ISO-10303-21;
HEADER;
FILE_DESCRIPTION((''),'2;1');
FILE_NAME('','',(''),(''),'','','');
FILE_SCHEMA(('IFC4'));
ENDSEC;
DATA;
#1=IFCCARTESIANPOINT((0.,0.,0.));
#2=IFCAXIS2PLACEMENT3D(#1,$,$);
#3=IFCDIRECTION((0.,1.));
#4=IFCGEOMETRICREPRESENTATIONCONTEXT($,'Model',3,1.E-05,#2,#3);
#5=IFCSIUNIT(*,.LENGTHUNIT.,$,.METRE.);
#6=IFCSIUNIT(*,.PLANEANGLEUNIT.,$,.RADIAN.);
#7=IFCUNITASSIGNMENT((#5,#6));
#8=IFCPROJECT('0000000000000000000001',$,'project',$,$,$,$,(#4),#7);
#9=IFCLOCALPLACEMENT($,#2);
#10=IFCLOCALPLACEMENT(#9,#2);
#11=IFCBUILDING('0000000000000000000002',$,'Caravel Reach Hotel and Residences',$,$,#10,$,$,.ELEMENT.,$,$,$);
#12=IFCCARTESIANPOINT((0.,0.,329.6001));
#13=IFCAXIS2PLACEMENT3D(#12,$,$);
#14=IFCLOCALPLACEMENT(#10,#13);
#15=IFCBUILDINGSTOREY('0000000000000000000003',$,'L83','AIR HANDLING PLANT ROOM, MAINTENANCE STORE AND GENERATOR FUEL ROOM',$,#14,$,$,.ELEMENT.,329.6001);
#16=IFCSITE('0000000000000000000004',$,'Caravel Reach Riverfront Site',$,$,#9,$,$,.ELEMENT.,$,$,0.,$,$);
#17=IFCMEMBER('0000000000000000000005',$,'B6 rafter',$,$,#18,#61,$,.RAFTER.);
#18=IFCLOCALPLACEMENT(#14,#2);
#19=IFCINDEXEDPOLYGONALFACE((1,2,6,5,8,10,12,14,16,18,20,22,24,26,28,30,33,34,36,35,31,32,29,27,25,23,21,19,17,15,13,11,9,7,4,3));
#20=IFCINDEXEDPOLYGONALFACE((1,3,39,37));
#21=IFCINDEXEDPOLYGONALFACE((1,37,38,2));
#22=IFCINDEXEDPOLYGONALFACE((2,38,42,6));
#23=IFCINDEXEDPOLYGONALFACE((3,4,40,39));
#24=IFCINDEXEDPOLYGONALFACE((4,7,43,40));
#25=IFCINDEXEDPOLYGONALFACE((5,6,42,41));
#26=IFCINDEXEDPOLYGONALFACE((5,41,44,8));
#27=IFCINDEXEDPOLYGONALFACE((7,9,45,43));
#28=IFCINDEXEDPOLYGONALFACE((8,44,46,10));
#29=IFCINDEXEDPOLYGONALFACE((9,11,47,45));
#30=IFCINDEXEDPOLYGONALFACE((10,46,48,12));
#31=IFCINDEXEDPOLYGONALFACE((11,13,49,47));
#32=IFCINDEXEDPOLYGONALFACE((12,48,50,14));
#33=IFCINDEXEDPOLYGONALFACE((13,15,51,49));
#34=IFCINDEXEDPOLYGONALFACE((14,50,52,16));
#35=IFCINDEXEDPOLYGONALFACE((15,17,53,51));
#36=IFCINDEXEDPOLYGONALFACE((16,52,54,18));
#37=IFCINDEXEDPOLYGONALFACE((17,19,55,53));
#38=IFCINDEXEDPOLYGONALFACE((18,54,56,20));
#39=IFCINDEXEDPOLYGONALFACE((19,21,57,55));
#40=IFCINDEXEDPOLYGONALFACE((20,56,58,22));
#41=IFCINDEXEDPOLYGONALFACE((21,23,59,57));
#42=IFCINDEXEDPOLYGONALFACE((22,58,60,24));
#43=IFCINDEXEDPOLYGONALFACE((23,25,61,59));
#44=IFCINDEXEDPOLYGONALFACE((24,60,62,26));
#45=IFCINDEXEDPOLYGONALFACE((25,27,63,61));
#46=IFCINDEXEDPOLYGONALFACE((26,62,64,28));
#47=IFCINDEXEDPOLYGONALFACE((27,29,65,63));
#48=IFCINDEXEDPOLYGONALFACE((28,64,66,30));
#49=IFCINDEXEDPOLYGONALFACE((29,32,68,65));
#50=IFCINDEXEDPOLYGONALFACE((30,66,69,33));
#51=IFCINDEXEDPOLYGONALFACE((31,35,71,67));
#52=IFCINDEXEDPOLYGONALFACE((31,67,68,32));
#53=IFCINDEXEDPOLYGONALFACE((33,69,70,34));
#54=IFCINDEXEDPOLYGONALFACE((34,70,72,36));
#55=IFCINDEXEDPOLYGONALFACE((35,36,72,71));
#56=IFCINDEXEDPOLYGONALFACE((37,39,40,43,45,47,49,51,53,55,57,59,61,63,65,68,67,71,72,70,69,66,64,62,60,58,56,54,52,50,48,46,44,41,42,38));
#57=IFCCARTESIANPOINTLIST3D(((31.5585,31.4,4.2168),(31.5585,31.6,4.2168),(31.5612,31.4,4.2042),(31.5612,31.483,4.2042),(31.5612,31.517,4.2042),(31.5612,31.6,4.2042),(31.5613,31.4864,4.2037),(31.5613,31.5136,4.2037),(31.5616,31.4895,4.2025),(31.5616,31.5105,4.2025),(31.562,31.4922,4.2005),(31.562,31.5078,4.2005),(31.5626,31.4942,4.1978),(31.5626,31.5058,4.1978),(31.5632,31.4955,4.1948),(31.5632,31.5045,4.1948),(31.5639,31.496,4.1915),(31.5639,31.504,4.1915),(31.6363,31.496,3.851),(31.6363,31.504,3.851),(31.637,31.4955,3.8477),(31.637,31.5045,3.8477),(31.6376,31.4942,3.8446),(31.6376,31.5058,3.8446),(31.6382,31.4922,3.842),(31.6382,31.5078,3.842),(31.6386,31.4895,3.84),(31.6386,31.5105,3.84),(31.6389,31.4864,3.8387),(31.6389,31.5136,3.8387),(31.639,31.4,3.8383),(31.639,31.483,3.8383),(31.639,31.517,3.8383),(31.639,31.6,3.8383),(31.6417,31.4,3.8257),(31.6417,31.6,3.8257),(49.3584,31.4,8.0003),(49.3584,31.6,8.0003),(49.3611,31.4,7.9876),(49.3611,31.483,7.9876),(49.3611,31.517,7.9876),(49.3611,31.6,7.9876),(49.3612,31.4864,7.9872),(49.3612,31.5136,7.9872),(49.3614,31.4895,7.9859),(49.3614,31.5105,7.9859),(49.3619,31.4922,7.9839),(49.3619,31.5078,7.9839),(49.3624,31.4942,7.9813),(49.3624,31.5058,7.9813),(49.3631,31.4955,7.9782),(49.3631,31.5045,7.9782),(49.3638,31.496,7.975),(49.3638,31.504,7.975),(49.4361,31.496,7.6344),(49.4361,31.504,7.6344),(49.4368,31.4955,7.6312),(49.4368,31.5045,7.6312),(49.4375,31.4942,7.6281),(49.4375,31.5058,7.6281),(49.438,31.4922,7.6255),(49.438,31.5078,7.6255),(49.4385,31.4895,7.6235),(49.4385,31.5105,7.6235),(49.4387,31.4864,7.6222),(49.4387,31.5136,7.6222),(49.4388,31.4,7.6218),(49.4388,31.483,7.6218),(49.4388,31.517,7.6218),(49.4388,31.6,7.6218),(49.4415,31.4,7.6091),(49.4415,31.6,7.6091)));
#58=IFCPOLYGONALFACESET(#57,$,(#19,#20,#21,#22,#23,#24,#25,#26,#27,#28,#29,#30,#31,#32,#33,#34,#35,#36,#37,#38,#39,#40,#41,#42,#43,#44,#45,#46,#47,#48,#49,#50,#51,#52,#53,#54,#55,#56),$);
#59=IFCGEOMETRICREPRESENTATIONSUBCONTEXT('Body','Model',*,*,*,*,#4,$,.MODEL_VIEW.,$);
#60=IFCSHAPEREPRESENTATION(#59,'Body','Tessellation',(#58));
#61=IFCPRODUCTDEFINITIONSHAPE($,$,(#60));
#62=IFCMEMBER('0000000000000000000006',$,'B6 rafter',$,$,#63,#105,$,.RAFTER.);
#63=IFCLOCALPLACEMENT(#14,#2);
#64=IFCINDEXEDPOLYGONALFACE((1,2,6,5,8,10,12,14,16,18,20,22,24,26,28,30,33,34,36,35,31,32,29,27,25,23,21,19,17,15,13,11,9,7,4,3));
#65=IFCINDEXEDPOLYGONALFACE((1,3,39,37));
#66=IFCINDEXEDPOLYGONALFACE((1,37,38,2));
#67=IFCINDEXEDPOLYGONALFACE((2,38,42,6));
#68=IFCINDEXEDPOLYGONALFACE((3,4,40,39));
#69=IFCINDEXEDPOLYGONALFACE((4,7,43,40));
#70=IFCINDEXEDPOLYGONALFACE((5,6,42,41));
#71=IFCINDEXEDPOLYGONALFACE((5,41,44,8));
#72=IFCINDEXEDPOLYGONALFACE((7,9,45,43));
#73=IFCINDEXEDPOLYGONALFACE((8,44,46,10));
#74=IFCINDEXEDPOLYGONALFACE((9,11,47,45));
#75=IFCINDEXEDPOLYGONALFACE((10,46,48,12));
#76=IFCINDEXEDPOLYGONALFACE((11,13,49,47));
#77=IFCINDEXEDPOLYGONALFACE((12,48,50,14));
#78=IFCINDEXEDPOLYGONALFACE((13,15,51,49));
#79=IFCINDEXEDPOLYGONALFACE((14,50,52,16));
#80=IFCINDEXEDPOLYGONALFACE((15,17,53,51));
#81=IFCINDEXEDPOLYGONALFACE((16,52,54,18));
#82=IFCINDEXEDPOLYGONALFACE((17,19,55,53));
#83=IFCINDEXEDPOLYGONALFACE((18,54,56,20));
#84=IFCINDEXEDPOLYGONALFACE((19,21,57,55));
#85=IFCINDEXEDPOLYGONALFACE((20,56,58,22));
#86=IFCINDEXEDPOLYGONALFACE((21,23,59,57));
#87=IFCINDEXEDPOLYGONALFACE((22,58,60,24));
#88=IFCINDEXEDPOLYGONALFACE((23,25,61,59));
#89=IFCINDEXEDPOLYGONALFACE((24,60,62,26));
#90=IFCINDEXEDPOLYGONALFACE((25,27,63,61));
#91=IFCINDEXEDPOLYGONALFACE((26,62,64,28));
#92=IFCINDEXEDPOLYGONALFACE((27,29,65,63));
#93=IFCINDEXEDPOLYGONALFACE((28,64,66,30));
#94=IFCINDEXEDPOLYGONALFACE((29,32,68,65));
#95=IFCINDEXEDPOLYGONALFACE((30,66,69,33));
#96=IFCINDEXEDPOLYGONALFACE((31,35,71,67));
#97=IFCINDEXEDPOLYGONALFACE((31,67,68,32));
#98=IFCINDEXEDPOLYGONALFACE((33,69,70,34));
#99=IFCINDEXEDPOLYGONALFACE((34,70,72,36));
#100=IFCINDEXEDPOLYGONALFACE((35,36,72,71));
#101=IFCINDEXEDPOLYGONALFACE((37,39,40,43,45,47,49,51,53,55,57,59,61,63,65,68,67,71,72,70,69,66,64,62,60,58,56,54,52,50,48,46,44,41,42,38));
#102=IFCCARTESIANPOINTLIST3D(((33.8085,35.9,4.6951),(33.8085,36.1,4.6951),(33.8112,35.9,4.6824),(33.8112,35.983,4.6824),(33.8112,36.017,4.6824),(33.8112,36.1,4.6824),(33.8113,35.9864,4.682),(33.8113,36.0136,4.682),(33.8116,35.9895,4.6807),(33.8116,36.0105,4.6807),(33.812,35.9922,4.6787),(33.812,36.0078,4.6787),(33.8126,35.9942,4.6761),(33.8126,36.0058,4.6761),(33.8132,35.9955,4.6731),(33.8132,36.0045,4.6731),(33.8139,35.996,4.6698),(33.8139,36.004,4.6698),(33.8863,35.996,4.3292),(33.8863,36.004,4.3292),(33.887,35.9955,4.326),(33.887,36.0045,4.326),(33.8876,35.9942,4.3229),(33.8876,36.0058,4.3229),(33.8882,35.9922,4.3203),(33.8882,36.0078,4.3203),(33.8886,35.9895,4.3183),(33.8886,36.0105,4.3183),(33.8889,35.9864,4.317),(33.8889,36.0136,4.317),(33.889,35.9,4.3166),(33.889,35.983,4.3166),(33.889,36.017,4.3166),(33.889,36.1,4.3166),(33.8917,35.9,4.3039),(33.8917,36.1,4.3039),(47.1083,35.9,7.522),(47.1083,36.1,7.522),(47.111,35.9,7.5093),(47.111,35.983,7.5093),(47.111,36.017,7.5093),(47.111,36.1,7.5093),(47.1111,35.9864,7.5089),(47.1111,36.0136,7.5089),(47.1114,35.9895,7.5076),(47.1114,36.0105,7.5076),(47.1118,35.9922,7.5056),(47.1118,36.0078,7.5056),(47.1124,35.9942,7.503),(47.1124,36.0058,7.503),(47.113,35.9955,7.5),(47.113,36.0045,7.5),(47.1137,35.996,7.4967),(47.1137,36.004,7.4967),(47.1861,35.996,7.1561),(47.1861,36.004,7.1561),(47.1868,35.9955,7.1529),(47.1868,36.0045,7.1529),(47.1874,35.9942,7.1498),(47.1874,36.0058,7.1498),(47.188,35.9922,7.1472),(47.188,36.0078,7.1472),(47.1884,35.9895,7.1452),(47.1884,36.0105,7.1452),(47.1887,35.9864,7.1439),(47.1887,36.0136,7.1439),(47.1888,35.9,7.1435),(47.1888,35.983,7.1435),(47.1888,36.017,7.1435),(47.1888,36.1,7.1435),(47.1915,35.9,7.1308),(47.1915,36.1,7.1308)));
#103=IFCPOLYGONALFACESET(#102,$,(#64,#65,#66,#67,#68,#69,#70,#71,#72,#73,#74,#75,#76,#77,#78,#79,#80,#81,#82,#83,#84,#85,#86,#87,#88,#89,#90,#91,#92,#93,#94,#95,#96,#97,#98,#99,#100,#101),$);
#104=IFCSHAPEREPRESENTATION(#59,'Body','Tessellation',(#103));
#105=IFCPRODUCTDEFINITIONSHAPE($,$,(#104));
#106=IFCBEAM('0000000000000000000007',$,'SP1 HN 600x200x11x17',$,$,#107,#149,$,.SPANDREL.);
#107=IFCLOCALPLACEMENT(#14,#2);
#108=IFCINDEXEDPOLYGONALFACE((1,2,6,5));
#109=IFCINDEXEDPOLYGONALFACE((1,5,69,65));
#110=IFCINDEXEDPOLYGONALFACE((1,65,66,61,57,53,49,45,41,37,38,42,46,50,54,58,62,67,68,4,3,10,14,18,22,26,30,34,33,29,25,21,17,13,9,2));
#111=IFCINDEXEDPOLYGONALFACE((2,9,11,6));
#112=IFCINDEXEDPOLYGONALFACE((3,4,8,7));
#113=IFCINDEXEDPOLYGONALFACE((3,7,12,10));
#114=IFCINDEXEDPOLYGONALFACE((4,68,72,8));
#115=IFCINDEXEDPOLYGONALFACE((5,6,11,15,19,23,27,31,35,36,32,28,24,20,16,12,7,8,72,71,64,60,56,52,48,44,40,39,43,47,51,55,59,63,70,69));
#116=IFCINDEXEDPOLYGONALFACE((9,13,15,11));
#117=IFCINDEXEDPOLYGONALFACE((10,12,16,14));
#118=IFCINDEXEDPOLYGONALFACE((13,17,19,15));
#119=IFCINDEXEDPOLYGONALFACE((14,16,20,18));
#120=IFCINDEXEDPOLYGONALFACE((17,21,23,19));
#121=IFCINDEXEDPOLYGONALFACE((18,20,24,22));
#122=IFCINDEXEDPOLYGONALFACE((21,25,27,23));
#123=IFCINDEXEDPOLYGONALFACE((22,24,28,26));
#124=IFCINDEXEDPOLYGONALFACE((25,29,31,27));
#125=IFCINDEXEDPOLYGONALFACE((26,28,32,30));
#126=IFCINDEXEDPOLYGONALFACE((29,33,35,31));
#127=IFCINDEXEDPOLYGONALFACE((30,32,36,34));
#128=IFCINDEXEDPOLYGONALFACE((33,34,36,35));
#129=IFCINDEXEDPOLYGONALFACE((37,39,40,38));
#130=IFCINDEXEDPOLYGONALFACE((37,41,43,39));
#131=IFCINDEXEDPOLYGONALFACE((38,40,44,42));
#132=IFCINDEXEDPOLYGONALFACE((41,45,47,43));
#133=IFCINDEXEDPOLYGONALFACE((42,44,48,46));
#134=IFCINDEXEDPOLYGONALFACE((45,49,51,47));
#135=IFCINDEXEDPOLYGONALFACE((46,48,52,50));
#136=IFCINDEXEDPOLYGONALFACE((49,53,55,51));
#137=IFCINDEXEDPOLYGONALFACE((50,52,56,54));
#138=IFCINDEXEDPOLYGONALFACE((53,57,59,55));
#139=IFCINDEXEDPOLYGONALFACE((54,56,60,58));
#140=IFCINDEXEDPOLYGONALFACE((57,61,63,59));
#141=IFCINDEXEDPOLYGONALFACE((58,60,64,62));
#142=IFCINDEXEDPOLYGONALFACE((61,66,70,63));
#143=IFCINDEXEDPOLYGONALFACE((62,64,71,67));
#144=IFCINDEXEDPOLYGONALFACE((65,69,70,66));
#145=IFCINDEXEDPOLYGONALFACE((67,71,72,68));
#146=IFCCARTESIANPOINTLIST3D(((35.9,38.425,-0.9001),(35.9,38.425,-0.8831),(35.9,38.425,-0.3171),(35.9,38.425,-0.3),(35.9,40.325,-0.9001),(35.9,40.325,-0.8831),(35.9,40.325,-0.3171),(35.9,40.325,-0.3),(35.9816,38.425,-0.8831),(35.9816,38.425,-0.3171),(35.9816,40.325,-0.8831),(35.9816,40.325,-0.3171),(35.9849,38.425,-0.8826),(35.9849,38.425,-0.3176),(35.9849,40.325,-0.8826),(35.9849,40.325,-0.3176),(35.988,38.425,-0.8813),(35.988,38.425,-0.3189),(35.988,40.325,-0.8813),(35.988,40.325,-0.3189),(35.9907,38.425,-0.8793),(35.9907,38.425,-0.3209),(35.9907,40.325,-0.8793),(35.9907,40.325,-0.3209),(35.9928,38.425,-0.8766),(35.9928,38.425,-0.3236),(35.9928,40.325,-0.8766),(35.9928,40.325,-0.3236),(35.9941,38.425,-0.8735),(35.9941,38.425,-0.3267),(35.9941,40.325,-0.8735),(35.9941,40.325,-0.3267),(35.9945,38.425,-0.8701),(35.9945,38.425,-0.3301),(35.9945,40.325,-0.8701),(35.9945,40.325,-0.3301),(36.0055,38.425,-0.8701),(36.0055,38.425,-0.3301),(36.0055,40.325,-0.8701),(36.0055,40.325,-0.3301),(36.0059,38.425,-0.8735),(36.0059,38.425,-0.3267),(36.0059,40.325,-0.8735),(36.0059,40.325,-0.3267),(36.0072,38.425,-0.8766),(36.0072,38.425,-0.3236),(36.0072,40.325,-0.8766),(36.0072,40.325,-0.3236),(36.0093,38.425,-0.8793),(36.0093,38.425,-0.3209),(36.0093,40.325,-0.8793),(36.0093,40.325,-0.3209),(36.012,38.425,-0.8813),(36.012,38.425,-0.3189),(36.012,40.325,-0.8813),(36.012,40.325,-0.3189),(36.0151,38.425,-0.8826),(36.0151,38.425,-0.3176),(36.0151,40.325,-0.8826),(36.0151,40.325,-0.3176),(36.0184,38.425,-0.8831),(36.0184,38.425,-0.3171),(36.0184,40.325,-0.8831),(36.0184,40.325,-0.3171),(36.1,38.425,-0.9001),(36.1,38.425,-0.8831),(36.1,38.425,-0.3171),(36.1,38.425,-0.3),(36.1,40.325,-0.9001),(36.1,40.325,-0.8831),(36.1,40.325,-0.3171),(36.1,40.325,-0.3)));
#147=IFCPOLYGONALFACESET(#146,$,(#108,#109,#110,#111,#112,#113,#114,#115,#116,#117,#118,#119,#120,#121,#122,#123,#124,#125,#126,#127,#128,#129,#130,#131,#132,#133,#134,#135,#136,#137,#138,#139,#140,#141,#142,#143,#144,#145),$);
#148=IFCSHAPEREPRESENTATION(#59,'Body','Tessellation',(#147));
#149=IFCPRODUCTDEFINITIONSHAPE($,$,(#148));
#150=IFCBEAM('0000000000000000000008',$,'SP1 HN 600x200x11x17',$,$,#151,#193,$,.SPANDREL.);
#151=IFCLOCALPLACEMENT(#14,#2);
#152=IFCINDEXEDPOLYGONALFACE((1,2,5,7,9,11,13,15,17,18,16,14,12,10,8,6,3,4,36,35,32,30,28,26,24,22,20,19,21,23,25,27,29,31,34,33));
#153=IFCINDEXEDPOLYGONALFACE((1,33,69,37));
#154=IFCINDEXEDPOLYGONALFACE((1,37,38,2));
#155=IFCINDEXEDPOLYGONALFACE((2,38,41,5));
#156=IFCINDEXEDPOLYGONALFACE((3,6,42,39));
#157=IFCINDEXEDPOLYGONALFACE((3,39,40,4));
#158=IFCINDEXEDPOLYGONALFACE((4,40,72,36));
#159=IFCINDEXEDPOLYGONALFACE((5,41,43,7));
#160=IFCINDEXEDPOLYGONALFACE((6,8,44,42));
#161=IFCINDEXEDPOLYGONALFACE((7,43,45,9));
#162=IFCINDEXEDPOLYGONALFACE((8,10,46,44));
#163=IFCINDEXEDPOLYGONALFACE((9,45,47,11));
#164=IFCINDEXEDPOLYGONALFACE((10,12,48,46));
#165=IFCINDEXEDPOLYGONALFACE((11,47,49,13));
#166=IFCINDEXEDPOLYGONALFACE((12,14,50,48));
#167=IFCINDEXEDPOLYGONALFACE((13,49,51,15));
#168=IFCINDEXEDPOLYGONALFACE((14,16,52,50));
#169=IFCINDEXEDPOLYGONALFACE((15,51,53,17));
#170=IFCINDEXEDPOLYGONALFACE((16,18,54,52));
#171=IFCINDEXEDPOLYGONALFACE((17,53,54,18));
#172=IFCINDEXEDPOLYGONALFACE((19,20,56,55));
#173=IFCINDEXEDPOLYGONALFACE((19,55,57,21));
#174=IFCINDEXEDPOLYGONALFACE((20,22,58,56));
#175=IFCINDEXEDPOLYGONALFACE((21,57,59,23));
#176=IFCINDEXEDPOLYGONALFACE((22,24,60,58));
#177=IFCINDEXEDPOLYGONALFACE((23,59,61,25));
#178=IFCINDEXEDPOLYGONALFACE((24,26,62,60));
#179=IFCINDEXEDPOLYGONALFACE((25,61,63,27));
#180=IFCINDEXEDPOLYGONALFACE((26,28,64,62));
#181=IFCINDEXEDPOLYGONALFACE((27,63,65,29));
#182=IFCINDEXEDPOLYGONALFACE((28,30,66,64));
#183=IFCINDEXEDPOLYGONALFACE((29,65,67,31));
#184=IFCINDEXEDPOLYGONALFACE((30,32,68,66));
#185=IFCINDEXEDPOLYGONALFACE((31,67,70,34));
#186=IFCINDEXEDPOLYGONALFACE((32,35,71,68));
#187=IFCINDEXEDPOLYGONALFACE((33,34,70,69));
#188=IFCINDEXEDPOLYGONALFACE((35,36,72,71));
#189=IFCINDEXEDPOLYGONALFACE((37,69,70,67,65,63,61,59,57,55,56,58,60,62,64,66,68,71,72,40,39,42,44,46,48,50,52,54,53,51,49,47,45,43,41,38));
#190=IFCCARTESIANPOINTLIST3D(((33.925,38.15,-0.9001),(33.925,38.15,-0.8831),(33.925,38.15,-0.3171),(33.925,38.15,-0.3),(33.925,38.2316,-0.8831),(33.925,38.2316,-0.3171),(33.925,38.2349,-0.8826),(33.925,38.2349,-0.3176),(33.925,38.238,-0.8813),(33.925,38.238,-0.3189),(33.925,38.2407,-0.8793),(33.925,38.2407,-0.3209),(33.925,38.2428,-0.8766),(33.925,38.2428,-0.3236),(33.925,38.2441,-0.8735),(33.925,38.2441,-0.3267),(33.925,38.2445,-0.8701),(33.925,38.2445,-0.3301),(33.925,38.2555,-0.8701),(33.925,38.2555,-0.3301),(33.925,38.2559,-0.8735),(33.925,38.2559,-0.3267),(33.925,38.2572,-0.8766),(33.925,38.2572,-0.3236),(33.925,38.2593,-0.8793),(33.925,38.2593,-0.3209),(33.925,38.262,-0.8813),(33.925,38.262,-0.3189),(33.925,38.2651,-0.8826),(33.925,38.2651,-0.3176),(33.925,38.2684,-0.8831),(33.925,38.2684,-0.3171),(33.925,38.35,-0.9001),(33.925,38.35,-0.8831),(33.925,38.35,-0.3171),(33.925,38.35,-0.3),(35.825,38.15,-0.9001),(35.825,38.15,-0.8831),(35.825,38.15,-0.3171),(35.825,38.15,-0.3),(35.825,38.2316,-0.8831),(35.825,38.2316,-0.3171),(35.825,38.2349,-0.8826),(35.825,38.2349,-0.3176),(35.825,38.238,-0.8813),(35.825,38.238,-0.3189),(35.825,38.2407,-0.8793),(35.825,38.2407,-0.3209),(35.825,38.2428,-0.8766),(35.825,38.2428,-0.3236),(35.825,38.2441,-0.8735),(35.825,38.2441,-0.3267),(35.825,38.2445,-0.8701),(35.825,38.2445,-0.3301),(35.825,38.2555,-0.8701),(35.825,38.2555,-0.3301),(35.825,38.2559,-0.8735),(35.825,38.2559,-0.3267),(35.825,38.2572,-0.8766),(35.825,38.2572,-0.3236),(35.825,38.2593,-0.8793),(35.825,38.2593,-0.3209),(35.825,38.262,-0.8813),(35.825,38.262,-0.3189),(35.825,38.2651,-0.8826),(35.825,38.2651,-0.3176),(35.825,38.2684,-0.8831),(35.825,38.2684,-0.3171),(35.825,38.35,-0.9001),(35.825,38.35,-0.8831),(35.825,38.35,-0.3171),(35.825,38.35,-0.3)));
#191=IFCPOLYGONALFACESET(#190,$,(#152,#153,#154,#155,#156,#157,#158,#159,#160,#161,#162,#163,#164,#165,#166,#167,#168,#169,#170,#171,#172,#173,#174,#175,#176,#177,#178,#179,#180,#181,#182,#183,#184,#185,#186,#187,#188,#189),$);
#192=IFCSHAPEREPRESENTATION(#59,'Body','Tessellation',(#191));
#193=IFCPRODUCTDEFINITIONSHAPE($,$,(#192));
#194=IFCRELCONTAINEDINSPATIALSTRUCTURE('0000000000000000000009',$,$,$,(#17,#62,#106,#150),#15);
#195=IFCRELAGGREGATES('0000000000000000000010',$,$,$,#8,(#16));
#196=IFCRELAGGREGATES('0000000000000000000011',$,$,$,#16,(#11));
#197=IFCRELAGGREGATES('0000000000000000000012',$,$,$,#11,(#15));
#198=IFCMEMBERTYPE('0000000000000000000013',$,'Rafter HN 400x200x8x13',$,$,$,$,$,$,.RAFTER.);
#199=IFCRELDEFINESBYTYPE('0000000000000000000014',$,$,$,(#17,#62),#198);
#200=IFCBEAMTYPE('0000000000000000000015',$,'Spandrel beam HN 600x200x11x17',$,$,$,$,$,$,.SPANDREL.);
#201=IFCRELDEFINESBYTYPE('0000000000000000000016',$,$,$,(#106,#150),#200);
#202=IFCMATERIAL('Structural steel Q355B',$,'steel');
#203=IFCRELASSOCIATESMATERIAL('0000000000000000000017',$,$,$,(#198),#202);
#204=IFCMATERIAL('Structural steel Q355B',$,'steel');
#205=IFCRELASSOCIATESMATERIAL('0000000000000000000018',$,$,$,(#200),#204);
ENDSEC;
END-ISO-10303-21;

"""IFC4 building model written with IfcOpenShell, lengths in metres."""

from ifc_helpers import new_model, si_unit, direction, frame, origin, origin_2d, place, context, subcontext, project, spatial, i_section, extrude, material, material_profile, profile_set, type_object, element, save


model = new_model("IFC4")

# Units and contexts
model_context = context("Model", 3, precision=1e-05, world=origin(), true_north=direction((0.0, 1.0)))
body_context = subcontext(model_context, "Body", "Model", "MODEL_VIEW")
ifc_project = project(units=[si_unit("LENGTHUNIT", "METRE"), si_unit("PLANEANGLEUNIT", "RADIAN")], contexts=[model_context])

# Site, building, storey
site_placement = place(None, origin())
site = spatial("IfcSite", under=ifc_project, at=site_placement, Name="Caravel Reach Riverfront Site", CompositionType="ELEMENT", RefElevation=0.0)
building_placement = place(site_placement, origin())
building = spatial("IfcBuilding", under=site, at=building_placement, Name="Caravel Reach Hotel and Residences", CompositionType="ELEMENT")
storey_placement = place(building_placement, frame((0.0, 0.0, 329.6001)))
storey = spatial("IfcBuildingStorey", under=building, at=storey_placement, Name="L83", Description="AIR HANDLING PLANT ROOM, MAINTENANCE STORE AND GENERATOR FUEL ROOM", CompositionType="ELEMENT", Elevation=329.6001)

# Members
ifc_material_1 = material(Name="Structural steel Q355B", Category="steel")
ifc_material_profile_1 = material_profile(ifc_material_1, i_section(OverallWidth=0.2, OverallDepth=0.3999, WebThickness=0.0081, FlangeThickness=0.0129, FilletRadius=0.0129, at=origin_2d()), Name="HN 400x200x8x13")
ifc_profile_set_1 = profile_set([ifc_material_profile_1], Name="Structural steel Q355B")
member_type = type_object("IfcMemberType", Name="Rafter HN 400x200x8x13", PredefinedType="RAFTER", material=ifc_profile_set_1)
for number, where, z_axis, x_axis, name in (
    (1, (31.6001, 31.5, 4.0212), (0.978148, 0.0, 0.207911), (0.0, 1.0, 0.0), "B6 rafter"),
):
    element("IfcMember", number, at=place(storey_placement, frame(where, z_axis=z_axis, x_axis=x_axis)), inside=storey, type_object=member_type, Name=name, PredefinedType="RAFTER", context=body_context, shape_type="SweptSolid", body=[
        extrude(i_section(OverallWidth=0.2, OverallDepth=0.3999, WebThickness=0.0081, FlangeThickness=0.0129, FilletRadius=0.0129, at=origin_2d()), origin(), (0.0, 0.0, 1.0), 18.1975),
    ])
member_placement = place(storey_placement, frame((33.8501, 36.0, 4.4995), z_axis=(0.978148, 0.0, 0.207908), x_axis=(0.0, 1.0, 0.0)))
element("IfcMember", 2, at=member_placement, inside=storey, type_object=member_type, Name="B6 rafter", PredefinedType="RAFTER", context=body_context, shape_type="SweptSolid", body=[
    extrude(i_section(OverallWidth=0.2, OverallDepth=0.3999, WebThickness=0.0081, FlangeThickness=0.0129, FilletRadius=0.0129, at=origin_2d()), origin(), (0.0, 0.0, 1.0), 13.5969),
])

# Beams
ifc_material_2 = material(Name="Structural steel Q355B", Category="steel")
ifc_material_profile_2 = material_profile(ifc_material_2, i_section(OverallWidth=0.2, OverallDepth=0.6001, WebThickness=0.011, FlangeThickness=0.0171, FilletRadius=0.0129, at=origin_2d()), Name="HN 600x200x11x17")
ifc_profile_set_2 = profile_set([ifc_material_profile_2], Name="Structural steel Q355B")
beam_type_1 = type_object("IfcBeamType", Name="Spandrel beam HN 600x200x11x17", PredefinedType="SPANDREL", material=ifc_profile_set_2)
for number, where, z_axis, x_axis, name in (
    (3, (36.0, 40.325, -0.6001), (0.0, -1.0, 0.0), (1.0, 0.0, 0.0), "SP1 HN 600x200x11x17"),
    (4, (35.825, 38.25, -0.6001), (-1.0, 0.0, 0.0), (0.0, -1.0, 0.0), "SP1 HN 600x200x11x17"),
):
    element("IfcBeam", number, at=place(storey_placement, frame(where, z_axis=z_axis, x_axis=x_axis)), inside=storey, type_object=beam_type_1, Name=name, PredefinedType="SPANDREL", context=body_context, shape_type="SweptSolid", body=[
        extrude(i_section(OverallWidth=0.2, OverallDepth=0.6001, WebThickness=0.011, FlangeThickness=0.0171, FilletRadius=0.0129, at=origin_2d()), origin(), (0.0, 0.0, 1.0), 1.8999),
    ])

save(model, "model.ifc")
